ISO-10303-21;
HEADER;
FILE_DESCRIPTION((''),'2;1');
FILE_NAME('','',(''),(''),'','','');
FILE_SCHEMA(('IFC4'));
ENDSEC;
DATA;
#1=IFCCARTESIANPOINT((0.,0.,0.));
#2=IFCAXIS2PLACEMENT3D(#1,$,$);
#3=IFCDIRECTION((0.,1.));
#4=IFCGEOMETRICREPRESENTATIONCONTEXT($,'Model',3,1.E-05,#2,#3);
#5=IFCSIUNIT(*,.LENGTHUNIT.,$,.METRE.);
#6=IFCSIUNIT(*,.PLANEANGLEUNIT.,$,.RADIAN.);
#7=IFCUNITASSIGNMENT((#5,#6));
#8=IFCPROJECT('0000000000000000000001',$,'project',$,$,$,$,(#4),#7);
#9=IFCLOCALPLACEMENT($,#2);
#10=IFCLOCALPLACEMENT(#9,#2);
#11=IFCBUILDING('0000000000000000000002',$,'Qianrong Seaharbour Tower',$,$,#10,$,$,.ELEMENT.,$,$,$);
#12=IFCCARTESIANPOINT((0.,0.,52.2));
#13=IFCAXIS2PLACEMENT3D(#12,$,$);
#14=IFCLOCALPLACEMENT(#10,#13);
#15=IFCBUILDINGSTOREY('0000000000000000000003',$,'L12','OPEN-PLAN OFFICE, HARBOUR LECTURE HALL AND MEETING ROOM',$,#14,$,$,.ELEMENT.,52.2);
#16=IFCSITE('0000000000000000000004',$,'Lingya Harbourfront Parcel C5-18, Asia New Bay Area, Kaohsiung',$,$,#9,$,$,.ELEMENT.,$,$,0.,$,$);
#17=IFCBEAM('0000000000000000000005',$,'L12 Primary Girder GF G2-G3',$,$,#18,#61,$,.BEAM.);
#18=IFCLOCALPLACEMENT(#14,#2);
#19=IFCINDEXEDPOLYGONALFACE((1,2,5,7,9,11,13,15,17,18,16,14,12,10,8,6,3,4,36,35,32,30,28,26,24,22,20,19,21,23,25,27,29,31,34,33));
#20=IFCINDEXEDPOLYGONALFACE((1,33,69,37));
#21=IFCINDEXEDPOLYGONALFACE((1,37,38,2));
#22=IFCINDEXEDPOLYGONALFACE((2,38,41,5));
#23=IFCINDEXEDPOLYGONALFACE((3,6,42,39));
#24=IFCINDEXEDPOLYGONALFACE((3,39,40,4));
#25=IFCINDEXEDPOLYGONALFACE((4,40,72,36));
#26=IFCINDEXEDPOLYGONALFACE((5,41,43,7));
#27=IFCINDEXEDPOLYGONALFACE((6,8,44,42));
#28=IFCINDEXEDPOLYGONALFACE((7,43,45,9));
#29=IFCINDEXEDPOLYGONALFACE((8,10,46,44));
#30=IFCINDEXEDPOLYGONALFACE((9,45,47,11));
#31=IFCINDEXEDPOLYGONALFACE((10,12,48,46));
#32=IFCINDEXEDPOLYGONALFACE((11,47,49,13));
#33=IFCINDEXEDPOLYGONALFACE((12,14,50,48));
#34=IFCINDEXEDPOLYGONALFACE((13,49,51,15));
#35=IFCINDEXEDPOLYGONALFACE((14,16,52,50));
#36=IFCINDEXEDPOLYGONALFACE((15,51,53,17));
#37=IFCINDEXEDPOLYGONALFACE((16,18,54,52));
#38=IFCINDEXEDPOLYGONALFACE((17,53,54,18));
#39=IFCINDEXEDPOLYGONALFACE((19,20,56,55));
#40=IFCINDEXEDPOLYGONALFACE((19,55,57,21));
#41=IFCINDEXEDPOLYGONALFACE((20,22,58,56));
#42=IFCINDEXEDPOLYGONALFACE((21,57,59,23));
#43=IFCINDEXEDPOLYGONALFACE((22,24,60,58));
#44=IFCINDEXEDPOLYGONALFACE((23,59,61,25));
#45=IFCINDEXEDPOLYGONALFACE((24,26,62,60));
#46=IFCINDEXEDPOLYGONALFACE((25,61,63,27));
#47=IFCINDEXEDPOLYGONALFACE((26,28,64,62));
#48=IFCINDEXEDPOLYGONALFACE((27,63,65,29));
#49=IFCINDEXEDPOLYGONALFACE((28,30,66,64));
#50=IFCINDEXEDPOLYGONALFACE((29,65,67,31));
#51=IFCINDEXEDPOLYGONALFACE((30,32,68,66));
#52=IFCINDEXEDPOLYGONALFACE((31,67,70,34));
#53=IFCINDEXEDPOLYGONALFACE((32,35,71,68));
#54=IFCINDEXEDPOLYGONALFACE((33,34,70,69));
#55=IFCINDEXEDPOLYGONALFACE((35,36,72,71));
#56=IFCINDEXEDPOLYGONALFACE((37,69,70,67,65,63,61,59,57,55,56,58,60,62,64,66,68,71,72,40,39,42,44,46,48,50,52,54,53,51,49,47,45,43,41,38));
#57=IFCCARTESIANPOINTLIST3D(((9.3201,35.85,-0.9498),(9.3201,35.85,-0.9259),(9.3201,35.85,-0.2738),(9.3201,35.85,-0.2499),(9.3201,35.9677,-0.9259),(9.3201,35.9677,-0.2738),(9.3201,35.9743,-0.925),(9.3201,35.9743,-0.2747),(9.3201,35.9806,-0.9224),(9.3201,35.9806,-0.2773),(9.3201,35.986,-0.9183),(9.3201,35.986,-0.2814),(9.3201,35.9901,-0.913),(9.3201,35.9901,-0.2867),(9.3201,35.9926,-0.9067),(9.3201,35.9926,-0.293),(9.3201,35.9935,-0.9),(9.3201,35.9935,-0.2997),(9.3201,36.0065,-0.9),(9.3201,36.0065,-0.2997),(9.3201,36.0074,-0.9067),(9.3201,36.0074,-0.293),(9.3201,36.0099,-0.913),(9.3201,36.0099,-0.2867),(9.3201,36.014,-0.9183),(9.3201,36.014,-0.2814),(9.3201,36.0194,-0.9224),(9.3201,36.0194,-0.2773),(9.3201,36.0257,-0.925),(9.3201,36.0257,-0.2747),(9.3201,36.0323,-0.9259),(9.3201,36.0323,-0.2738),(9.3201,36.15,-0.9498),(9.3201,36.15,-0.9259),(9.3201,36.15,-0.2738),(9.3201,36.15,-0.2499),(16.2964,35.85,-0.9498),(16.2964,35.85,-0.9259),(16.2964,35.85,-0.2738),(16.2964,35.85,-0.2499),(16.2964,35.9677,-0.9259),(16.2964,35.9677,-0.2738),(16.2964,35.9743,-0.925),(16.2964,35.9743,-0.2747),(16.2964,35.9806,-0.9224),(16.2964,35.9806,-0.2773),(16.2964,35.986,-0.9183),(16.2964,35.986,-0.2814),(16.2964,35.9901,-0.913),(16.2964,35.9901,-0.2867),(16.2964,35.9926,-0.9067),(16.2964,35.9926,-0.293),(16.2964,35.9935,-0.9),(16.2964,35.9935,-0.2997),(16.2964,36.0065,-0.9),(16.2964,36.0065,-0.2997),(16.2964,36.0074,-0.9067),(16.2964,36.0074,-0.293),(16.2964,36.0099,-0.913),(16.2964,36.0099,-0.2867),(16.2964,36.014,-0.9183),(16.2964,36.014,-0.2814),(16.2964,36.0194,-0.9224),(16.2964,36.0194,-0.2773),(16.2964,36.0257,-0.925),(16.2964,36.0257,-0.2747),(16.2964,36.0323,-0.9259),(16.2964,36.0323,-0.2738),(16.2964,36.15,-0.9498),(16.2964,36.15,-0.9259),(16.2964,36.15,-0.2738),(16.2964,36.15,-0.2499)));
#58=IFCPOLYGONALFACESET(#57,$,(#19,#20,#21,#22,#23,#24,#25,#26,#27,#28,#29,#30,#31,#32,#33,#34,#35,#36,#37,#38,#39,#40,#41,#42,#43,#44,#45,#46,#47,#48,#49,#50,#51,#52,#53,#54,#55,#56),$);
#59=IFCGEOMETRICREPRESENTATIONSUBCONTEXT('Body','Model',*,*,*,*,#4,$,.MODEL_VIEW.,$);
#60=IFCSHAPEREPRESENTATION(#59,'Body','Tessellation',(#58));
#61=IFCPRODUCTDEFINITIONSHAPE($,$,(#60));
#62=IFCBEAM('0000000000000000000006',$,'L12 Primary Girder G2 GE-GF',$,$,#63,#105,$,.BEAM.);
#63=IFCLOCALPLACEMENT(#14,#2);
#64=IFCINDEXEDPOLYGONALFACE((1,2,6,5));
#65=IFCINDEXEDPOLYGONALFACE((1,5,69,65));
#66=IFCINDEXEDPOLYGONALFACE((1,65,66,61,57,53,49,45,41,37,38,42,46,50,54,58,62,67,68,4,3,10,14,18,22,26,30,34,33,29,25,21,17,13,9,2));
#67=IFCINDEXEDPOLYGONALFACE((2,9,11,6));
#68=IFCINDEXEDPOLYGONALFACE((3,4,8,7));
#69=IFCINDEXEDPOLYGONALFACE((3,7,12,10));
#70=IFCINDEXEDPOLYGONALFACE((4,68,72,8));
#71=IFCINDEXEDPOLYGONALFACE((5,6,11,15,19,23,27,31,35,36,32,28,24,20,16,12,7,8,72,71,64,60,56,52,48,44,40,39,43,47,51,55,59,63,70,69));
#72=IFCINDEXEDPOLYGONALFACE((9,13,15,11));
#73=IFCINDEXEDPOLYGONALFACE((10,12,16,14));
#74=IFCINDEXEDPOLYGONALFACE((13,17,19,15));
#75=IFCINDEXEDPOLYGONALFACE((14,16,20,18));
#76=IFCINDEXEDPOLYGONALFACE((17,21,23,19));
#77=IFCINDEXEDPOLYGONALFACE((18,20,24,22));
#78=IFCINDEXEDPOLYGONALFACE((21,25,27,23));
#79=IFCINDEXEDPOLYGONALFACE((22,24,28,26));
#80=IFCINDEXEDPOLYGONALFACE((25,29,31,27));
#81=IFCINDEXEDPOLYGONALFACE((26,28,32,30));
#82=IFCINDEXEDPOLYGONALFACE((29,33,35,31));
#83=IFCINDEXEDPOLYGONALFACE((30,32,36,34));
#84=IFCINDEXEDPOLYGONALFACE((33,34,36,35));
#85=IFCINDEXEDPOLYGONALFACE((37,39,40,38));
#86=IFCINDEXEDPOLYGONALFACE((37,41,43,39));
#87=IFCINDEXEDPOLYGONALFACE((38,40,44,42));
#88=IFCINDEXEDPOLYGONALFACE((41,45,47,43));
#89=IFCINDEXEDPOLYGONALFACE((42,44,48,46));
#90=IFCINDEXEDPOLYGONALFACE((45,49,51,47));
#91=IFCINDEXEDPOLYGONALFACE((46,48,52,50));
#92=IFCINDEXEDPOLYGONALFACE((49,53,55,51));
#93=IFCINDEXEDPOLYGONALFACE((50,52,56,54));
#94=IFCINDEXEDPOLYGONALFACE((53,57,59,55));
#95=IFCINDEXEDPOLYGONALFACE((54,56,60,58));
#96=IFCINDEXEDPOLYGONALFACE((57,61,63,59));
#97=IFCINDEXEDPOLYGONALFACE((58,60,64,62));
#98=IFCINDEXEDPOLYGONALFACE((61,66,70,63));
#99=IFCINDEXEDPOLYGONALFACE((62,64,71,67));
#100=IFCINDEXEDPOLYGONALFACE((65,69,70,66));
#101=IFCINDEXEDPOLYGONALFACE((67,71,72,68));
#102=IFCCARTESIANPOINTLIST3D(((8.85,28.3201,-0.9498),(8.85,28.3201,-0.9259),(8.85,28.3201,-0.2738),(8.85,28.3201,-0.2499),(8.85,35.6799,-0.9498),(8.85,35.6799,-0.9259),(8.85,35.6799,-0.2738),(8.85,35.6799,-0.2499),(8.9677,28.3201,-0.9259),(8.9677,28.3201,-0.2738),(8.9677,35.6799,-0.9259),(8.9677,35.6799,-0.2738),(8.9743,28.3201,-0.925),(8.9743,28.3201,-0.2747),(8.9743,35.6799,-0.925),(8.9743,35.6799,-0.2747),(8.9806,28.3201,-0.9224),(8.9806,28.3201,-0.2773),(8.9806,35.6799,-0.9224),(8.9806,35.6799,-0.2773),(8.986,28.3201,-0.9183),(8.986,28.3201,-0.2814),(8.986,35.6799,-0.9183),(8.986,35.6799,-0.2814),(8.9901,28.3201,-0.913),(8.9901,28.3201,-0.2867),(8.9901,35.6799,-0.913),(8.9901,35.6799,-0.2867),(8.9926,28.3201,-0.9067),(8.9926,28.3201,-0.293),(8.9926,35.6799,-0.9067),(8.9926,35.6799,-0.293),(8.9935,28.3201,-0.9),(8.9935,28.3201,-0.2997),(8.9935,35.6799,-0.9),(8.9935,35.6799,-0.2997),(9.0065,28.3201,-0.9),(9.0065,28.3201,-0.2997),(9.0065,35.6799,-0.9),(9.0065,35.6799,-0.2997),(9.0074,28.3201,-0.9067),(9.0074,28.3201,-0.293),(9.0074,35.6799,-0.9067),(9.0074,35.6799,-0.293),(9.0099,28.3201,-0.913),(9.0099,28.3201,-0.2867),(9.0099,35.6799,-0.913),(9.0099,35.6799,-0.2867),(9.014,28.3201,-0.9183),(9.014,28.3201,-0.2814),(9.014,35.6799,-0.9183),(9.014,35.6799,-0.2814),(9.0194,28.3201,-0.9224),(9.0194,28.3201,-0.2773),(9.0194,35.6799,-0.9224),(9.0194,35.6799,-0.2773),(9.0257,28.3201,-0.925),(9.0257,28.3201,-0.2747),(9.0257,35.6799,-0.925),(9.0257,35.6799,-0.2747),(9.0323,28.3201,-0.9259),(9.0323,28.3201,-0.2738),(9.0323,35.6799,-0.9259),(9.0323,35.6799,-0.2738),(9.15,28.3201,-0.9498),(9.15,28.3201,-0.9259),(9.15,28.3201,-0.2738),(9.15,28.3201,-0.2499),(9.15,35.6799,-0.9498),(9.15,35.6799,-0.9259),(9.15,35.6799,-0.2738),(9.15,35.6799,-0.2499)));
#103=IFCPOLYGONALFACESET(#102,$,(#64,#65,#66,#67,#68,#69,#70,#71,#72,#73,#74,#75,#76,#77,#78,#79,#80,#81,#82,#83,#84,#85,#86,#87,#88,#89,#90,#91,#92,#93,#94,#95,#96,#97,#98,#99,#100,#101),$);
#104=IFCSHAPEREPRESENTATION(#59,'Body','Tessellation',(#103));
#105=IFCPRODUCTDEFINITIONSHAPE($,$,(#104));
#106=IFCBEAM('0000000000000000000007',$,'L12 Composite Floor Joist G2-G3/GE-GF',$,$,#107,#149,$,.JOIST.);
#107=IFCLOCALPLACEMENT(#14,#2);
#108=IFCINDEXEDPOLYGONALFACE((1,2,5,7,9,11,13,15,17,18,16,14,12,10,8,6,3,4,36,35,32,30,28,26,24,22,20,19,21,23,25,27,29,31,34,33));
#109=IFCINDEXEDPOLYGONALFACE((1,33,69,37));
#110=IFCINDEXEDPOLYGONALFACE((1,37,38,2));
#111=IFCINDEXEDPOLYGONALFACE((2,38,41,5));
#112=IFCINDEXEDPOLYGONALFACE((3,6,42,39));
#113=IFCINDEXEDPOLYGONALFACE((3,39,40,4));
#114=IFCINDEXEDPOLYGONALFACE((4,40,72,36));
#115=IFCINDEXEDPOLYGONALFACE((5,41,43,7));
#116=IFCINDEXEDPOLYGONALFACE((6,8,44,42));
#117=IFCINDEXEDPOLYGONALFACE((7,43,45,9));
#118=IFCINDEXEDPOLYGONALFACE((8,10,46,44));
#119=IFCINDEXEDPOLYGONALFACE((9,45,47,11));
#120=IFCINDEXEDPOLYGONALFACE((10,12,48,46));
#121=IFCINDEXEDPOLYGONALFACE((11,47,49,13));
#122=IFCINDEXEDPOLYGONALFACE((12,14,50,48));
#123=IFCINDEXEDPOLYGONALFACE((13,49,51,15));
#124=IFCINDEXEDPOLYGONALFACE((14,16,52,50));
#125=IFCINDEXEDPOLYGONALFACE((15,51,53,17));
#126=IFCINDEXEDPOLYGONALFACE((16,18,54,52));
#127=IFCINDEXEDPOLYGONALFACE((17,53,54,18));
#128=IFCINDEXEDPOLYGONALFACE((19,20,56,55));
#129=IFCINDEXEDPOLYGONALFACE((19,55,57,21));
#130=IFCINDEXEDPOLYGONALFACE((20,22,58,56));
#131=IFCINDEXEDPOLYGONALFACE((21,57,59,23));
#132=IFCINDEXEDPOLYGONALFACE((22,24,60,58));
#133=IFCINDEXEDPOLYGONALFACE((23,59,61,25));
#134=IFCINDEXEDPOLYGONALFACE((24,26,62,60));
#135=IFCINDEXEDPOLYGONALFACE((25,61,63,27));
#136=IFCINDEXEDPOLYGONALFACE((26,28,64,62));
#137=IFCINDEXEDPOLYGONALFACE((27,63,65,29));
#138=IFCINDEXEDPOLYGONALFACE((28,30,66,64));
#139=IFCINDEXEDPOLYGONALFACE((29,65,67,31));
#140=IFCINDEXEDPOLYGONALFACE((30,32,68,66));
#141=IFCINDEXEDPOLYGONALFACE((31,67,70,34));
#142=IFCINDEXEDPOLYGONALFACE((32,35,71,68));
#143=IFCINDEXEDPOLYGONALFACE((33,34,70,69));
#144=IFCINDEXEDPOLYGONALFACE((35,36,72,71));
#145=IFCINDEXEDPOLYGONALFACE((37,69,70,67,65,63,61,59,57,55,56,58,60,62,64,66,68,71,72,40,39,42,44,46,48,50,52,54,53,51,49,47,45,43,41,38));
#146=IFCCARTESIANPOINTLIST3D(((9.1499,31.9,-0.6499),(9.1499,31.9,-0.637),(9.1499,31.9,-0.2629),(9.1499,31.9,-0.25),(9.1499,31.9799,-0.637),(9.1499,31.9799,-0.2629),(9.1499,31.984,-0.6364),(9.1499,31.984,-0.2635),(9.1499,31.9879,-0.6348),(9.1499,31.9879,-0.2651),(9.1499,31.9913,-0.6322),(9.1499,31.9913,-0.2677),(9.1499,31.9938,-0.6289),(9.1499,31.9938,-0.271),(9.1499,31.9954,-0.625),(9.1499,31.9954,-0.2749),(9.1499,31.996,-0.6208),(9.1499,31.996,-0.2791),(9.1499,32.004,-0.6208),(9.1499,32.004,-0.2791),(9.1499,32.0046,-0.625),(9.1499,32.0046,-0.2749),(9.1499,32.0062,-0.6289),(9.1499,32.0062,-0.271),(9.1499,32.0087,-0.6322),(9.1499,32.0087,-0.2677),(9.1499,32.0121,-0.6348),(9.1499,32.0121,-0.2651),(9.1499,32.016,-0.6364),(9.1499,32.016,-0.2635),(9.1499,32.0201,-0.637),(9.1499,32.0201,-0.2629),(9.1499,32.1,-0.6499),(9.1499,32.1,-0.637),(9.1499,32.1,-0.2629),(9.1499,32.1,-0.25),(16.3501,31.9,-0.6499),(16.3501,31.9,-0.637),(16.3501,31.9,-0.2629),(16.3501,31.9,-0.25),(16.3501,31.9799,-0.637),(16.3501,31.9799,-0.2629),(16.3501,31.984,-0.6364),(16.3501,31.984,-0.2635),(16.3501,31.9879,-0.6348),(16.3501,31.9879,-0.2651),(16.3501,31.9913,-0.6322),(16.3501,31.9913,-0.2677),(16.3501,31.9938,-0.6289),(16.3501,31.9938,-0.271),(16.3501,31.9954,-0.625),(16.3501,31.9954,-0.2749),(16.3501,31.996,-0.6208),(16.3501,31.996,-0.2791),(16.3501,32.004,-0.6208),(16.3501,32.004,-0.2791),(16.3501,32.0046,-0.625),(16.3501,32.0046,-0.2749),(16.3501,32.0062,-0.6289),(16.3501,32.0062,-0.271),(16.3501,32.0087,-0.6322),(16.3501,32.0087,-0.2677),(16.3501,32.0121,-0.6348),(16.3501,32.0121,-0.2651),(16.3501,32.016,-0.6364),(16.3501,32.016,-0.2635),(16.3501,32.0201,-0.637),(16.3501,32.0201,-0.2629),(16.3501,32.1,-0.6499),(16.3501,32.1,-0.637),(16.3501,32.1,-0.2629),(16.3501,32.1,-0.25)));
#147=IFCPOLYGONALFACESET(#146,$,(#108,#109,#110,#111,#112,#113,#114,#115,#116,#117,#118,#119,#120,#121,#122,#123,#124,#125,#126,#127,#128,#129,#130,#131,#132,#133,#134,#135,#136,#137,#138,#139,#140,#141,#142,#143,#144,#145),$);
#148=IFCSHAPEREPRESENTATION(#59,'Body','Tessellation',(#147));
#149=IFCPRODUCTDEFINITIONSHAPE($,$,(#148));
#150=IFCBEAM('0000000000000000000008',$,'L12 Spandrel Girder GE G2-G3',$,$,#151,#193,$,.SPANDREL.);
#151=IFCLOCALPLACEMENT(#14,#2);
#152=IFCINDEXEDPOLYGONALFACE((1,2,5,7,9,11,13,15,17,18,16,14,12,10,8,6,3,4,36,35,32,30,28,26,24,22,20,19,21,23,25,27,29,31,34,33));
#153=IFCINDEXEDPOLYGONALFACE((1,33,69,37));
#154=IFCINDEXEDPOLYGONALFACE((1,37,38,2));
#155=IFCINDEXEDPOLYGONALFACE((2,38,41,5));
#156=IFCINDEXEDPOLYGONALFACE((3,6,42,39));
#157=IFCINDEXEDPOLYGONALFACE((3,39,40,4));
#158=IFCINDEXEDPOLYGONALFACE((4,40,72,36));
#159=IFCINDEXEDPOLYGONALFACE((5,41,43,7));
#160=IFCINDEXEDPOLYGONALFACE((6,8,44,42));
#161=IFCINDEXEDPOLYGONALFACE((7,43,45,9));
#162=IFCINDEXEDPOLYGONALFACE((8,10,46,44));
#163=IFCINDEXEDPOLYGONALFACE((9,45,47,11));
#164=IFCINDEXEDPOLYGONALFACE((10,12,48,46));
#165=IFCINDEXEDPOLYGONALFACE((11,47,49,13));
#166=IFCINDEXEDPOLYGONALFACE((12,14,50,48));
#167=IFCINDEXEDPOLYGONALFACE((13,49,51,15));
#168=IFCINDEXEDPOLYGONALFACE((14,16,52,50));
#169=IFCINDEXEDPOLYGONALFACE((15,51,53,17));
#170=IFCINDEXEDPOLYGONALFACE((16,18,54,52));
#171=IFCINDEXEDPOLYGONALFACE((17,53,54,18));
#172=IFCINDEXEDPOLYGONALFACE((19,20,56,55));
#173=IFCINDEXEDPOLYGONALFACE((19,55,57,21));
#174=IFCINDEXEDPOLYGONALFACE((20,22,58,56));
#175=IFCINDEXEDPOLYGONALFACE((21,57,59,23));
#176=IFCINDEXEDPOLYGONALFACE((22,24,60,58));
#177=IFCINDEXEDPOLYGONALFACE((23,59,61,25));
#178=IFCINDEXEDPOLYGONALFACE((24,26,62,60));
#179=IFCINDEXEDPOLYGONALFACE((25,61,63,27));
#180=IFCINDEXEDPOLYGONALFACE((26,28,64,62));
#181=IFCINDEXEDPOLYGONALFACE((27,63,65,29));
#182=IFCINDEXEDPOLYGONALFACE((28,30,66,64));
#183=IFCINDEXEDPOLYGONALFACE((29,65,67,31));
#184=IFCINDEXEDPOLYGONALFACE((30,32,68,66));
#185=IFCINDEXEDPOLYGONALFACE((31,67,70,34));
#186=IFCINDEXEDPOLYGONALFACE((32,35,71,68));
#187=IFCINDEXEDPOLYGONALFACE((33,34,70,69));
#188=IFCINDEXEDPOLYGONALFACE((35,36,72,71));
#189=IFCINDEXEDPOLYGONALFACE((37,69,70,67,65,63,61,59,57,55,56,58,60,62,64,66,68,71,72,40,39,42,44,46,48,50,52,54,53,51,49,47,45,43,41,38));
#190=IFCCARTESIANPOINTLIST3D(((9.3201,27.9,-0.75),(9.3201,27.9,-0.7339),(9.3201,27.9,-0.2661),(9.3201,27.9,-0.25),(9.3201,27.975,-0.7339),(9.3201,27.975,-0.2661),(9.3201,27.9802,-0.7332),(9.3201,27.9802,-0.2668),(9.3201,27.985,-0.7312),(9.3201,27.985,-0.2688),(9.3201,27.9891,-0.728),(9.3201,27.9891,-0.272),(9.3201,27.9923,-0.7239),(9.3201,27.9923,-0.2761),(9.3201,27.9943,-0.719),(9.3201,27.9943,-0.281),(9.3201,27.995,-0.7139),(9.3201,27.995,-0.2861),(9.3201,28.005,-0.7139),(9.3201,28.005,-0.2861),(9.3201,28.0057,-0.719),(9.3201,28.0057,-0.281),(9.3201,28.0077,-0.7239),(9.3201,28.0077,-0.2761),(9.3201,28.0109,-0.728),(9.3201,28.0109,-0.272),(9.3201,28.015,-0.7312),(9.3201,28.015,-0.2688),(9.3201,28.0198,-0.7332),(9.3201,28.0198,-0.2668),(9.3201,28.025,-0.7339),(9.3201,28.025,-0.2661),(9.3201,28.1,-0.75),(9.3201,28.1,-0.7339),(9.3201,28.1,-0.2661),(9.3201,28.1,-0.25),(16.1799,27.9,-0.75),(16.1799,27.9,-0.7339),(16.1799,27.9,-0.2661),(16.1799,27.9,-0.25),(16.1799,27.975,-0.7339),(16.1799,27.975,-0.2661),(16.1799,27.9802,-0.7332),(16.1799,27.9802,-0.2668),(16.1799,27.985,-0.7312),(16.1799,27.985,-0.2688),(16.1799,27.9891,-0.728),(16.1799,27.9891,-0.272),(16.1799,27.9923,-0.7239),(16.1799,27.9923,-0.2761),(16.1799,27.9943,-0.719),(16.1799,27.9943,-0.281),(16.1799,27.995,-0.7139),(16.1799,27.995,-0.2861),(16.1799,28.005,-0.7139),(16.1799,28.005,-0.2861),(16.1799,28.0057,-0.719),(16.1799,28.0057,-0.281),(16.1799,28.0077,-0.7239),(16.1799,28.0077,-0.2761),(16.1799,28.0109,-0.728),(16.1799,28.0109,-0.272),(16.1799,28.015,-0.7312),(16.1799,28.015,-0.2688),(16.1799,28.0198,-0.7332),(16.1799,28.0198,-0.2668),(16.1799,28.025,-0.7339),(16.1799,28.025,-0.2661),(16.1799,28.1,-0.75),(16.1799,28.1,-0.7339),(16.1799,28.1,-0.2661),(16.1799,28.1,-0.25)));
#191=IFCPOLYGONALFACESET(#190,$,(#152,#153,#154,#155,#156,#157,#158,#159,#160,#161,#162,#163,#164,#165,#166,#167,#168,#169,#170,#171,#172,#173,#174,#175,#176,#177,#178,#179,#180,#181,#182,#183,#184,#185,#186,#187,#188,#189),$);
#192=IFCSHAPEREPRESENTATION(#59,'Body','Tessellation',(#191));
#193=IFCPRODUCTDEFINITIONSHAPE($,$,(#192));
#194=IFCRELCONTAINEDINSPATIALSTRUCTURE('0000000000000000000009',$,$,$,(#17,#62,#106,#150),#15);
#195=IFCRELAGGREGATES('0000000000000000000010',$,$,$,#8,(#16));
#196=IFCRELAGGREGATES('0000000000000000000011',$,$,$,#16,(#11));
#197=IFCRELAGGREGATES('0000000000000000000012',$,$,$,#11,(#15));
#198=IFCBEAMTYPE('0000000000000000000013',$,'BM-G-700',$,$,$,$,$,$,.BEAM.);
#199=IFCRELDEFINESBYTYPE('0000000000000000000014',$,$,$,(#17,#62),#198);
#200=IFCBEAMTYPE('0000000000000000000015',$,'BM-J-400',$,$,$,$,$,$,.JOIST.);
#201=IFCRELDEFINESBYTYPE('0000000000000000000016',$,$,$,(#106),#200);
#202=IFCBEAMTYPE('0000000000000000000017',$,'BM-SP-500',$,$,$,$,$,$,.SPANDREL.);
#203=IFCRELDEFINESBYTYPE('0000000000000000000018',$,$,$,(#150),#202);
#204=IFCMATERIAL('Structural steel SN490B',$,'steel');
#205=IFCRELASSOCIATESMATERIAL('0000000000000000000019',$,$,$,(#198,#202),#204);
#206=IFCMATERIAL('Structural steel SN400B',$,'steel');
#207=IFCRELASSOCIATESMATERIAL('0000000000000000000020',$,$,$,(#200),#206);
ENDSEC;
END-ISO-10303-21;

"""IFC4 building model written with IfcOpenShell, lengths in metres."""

from ifc_helpers import new_model, si_unit, direction, frame, origin, origin_2d, place, context, subcontext, project, spatial, i_section, extrude, material, material_profile, profile_set, type_object, element, save


model = new_model("IFC4")

# Units and contexts
model_context = context("Model", 3, precision=1e-05, world=origin(), true_north=direction((0.0, 1.0)))
body_context = subcontext(model_context, "Body", "Model", "MODEL_VIEW")
ifc_project = project(units=[si_unit("LENGTHUNIT", "METRE"), si_unit("PLANEANGLEUNIT", "RADIAN")], contexts=[model_context])

# Site, building, storey
site_placement = place(None, origin())
site = spatial("IfcSite", under=ifc_project, at=site_placement, Name="Lingya Harbourfront Parcel C5-18, Asia New Bay Area, Kaohsiung", CompositionType="ELEMENT", RefElevation=0.0)
building_placement = place(site_placement, origin())
building = spatial("IfcBuilding", under=site, at=building_placement, Name="Qianrong Seaharbour Tower", CompositionType="ELEMENT")
storey_placement = place(building_placement, frame((0.0, 0.0, 52.2)))
storey = spatial("IfcBuildingStorey", under=building, at=storey_placement, Name="L12", Description="OPEN-PLAN OFFICE, HARBOUR LECTURE HALL AND MEETING ROOM", CompositionType="ELEMENT", Elevation=52.2)

# Shared definitions
ifc_material_1 = material(Name="Structural steel SN490B", Category="steel")

# Beams
ifc_material_profile_1 = material_profile(ifc_material_1, i_section(OverallWidth=0.3, OverallDepth=0.7, WebThickness=0.0129, FlangeThickness=0.0239, FilletRadius=0.0259, at=origin_2d()), Name="H700x300x13x24")
ifc_profile_set_1 = profile_set([ifc_material_profile_1], Name="Structural steel SN490B")
beam_type_1 = type_object("IfcBeamType", Name="BM-G-700", PredefinedType="BEAM", material=ifc_profile_set_1)
beam_1_placement = place(storey_placement, frame((9.3201, 36.0, -0.5999), z_axis=(1.0, 0.0, 0.0), x_axis=(0.0, 1.0, 0.0)))
element("IfcBeam", 1, at=beam_1_placement, inside=storey, type_object=beam_type_1, Name="L12 Primary Girder GF G2-G3", PredefinedType="BEAM", context=body_context, shape_type="SweptSolid", body=[
    extrude(i_section(OverallWidth=0.3, OverallDepth=0.7, WebThickness=0.0129, FlangeThickness=0.0239, FilletRadius=0.0259, at=origin_2d()), origin(), (0.0, 0.0, 1.0), 6.9763),
])
beam_2_placement = place(storey_placement, frame((9.0, 28.3201, -0.5999), z_axis=(0.0, 1.0, 0.0), x_axis=(-1.0, 0.0, 0.0)))
element("IfcBeam", 2, at=beam_2_placement, inside=storey, type_object=beam_type_1, Name="L12 Primary Girder G2 GE-GF", PredefinedType="BEAM", context=body_context, shape_type="SweptSolid", body=[
    extrude(i_section(OverallWidth=0.3, OverallDepth=0.7, WebThickness=0.0129, FlangeThickness=0.0239, FilletRadius=0.0259, at=origin_2d()), origin(), (0.0, 0.0, 1.0), 7.3599),
])
ifc_material_2 = material(Name="Structural steel SN400B", Category="steel")
ifc_material_profile_2 = material_profile(ifc_material_2, i_section(OverallWidth=0.2, OverallDepth=0.3999, WebThickness=0.0081, FlangeThickness=0.0129, FilletRadius=0.0161, at=origin_2d()), Name="H400x200x8x13")
ifc_profile_set_2 = profile_set([ifc_material_profile_2], Name="Structural steel SN400B")
beam_type_2 = type_object("IfcBeamType", Name="BM-J-400", PredefinedType="JOIST", material=ifc_profile_set_2)
beam_3_placement = place(storey_placement, frame((9.1499, 32.0, -0.45), z_axis=(1.0, 0.0, 0.0), x_axis=(0.0, 1.0, 0.0)))
element("IfcBeam", 3, at=beam_3_placement, inside=storey, type_object=beam_type_2, Name="L12 Composite Floor Joist G2-G3/GE-GF", PredefinedType="JOIST", context=body_context, shape_type="SweptSolid", body=[
    extrude(i_section(OverallWidth=0.2, OverallDepth=0.3999, WebThickness=0.0081, FlangeThickness=0.0129, FilletRadius=0.0161, at=origin_2d()), origin(), (0.0, 0.0, 1.0), 7.2002),
])
ifc_material_profile_3 = material_profile(ifc_material_1, i_section(OverallWidth=0.2, OverallDepth=0.5, WebThickness=0.01, FlangeThickness=0.0161, FilletRadius=0.02, at=origin_2d()), Name="H500x200x10x16")
ifc_profile_set_3 = profile_set([ifc_material_profile_3], Name="Structural steel SN490B")
beam_type_3 = type_object("IfcBeamType", Name="BM-SP-500", PredefinedType="SPANDREL", material=ifc_profile_set_3)
beam_4_placement = place(storey_placement, frame((9.3201, 28.0, -0.5), z_axis=(1.0, 0.0, 0.0), x_axis=(0.0, 1.0, 0.0)))
element("IfcBeam", 4, at=beam_4_placement, inside=storey, type_object=beam_type_3, Name="L12 Spandrel Girder GE G2-G3", PredefinedType="SPANDREL", context=body_context, shape_type="SweptSolid", body=[
    extrude(i_section(OverallWidth=0.2, OverallDepth=0.5, WebThickness=0.01, FlangeThickness=0.0161, FilletRadius=0.02, at=origin_2d()), origin(), (0.0, 0.0, 1.0), 6.8599),
])

save(model, "model.ifc")
